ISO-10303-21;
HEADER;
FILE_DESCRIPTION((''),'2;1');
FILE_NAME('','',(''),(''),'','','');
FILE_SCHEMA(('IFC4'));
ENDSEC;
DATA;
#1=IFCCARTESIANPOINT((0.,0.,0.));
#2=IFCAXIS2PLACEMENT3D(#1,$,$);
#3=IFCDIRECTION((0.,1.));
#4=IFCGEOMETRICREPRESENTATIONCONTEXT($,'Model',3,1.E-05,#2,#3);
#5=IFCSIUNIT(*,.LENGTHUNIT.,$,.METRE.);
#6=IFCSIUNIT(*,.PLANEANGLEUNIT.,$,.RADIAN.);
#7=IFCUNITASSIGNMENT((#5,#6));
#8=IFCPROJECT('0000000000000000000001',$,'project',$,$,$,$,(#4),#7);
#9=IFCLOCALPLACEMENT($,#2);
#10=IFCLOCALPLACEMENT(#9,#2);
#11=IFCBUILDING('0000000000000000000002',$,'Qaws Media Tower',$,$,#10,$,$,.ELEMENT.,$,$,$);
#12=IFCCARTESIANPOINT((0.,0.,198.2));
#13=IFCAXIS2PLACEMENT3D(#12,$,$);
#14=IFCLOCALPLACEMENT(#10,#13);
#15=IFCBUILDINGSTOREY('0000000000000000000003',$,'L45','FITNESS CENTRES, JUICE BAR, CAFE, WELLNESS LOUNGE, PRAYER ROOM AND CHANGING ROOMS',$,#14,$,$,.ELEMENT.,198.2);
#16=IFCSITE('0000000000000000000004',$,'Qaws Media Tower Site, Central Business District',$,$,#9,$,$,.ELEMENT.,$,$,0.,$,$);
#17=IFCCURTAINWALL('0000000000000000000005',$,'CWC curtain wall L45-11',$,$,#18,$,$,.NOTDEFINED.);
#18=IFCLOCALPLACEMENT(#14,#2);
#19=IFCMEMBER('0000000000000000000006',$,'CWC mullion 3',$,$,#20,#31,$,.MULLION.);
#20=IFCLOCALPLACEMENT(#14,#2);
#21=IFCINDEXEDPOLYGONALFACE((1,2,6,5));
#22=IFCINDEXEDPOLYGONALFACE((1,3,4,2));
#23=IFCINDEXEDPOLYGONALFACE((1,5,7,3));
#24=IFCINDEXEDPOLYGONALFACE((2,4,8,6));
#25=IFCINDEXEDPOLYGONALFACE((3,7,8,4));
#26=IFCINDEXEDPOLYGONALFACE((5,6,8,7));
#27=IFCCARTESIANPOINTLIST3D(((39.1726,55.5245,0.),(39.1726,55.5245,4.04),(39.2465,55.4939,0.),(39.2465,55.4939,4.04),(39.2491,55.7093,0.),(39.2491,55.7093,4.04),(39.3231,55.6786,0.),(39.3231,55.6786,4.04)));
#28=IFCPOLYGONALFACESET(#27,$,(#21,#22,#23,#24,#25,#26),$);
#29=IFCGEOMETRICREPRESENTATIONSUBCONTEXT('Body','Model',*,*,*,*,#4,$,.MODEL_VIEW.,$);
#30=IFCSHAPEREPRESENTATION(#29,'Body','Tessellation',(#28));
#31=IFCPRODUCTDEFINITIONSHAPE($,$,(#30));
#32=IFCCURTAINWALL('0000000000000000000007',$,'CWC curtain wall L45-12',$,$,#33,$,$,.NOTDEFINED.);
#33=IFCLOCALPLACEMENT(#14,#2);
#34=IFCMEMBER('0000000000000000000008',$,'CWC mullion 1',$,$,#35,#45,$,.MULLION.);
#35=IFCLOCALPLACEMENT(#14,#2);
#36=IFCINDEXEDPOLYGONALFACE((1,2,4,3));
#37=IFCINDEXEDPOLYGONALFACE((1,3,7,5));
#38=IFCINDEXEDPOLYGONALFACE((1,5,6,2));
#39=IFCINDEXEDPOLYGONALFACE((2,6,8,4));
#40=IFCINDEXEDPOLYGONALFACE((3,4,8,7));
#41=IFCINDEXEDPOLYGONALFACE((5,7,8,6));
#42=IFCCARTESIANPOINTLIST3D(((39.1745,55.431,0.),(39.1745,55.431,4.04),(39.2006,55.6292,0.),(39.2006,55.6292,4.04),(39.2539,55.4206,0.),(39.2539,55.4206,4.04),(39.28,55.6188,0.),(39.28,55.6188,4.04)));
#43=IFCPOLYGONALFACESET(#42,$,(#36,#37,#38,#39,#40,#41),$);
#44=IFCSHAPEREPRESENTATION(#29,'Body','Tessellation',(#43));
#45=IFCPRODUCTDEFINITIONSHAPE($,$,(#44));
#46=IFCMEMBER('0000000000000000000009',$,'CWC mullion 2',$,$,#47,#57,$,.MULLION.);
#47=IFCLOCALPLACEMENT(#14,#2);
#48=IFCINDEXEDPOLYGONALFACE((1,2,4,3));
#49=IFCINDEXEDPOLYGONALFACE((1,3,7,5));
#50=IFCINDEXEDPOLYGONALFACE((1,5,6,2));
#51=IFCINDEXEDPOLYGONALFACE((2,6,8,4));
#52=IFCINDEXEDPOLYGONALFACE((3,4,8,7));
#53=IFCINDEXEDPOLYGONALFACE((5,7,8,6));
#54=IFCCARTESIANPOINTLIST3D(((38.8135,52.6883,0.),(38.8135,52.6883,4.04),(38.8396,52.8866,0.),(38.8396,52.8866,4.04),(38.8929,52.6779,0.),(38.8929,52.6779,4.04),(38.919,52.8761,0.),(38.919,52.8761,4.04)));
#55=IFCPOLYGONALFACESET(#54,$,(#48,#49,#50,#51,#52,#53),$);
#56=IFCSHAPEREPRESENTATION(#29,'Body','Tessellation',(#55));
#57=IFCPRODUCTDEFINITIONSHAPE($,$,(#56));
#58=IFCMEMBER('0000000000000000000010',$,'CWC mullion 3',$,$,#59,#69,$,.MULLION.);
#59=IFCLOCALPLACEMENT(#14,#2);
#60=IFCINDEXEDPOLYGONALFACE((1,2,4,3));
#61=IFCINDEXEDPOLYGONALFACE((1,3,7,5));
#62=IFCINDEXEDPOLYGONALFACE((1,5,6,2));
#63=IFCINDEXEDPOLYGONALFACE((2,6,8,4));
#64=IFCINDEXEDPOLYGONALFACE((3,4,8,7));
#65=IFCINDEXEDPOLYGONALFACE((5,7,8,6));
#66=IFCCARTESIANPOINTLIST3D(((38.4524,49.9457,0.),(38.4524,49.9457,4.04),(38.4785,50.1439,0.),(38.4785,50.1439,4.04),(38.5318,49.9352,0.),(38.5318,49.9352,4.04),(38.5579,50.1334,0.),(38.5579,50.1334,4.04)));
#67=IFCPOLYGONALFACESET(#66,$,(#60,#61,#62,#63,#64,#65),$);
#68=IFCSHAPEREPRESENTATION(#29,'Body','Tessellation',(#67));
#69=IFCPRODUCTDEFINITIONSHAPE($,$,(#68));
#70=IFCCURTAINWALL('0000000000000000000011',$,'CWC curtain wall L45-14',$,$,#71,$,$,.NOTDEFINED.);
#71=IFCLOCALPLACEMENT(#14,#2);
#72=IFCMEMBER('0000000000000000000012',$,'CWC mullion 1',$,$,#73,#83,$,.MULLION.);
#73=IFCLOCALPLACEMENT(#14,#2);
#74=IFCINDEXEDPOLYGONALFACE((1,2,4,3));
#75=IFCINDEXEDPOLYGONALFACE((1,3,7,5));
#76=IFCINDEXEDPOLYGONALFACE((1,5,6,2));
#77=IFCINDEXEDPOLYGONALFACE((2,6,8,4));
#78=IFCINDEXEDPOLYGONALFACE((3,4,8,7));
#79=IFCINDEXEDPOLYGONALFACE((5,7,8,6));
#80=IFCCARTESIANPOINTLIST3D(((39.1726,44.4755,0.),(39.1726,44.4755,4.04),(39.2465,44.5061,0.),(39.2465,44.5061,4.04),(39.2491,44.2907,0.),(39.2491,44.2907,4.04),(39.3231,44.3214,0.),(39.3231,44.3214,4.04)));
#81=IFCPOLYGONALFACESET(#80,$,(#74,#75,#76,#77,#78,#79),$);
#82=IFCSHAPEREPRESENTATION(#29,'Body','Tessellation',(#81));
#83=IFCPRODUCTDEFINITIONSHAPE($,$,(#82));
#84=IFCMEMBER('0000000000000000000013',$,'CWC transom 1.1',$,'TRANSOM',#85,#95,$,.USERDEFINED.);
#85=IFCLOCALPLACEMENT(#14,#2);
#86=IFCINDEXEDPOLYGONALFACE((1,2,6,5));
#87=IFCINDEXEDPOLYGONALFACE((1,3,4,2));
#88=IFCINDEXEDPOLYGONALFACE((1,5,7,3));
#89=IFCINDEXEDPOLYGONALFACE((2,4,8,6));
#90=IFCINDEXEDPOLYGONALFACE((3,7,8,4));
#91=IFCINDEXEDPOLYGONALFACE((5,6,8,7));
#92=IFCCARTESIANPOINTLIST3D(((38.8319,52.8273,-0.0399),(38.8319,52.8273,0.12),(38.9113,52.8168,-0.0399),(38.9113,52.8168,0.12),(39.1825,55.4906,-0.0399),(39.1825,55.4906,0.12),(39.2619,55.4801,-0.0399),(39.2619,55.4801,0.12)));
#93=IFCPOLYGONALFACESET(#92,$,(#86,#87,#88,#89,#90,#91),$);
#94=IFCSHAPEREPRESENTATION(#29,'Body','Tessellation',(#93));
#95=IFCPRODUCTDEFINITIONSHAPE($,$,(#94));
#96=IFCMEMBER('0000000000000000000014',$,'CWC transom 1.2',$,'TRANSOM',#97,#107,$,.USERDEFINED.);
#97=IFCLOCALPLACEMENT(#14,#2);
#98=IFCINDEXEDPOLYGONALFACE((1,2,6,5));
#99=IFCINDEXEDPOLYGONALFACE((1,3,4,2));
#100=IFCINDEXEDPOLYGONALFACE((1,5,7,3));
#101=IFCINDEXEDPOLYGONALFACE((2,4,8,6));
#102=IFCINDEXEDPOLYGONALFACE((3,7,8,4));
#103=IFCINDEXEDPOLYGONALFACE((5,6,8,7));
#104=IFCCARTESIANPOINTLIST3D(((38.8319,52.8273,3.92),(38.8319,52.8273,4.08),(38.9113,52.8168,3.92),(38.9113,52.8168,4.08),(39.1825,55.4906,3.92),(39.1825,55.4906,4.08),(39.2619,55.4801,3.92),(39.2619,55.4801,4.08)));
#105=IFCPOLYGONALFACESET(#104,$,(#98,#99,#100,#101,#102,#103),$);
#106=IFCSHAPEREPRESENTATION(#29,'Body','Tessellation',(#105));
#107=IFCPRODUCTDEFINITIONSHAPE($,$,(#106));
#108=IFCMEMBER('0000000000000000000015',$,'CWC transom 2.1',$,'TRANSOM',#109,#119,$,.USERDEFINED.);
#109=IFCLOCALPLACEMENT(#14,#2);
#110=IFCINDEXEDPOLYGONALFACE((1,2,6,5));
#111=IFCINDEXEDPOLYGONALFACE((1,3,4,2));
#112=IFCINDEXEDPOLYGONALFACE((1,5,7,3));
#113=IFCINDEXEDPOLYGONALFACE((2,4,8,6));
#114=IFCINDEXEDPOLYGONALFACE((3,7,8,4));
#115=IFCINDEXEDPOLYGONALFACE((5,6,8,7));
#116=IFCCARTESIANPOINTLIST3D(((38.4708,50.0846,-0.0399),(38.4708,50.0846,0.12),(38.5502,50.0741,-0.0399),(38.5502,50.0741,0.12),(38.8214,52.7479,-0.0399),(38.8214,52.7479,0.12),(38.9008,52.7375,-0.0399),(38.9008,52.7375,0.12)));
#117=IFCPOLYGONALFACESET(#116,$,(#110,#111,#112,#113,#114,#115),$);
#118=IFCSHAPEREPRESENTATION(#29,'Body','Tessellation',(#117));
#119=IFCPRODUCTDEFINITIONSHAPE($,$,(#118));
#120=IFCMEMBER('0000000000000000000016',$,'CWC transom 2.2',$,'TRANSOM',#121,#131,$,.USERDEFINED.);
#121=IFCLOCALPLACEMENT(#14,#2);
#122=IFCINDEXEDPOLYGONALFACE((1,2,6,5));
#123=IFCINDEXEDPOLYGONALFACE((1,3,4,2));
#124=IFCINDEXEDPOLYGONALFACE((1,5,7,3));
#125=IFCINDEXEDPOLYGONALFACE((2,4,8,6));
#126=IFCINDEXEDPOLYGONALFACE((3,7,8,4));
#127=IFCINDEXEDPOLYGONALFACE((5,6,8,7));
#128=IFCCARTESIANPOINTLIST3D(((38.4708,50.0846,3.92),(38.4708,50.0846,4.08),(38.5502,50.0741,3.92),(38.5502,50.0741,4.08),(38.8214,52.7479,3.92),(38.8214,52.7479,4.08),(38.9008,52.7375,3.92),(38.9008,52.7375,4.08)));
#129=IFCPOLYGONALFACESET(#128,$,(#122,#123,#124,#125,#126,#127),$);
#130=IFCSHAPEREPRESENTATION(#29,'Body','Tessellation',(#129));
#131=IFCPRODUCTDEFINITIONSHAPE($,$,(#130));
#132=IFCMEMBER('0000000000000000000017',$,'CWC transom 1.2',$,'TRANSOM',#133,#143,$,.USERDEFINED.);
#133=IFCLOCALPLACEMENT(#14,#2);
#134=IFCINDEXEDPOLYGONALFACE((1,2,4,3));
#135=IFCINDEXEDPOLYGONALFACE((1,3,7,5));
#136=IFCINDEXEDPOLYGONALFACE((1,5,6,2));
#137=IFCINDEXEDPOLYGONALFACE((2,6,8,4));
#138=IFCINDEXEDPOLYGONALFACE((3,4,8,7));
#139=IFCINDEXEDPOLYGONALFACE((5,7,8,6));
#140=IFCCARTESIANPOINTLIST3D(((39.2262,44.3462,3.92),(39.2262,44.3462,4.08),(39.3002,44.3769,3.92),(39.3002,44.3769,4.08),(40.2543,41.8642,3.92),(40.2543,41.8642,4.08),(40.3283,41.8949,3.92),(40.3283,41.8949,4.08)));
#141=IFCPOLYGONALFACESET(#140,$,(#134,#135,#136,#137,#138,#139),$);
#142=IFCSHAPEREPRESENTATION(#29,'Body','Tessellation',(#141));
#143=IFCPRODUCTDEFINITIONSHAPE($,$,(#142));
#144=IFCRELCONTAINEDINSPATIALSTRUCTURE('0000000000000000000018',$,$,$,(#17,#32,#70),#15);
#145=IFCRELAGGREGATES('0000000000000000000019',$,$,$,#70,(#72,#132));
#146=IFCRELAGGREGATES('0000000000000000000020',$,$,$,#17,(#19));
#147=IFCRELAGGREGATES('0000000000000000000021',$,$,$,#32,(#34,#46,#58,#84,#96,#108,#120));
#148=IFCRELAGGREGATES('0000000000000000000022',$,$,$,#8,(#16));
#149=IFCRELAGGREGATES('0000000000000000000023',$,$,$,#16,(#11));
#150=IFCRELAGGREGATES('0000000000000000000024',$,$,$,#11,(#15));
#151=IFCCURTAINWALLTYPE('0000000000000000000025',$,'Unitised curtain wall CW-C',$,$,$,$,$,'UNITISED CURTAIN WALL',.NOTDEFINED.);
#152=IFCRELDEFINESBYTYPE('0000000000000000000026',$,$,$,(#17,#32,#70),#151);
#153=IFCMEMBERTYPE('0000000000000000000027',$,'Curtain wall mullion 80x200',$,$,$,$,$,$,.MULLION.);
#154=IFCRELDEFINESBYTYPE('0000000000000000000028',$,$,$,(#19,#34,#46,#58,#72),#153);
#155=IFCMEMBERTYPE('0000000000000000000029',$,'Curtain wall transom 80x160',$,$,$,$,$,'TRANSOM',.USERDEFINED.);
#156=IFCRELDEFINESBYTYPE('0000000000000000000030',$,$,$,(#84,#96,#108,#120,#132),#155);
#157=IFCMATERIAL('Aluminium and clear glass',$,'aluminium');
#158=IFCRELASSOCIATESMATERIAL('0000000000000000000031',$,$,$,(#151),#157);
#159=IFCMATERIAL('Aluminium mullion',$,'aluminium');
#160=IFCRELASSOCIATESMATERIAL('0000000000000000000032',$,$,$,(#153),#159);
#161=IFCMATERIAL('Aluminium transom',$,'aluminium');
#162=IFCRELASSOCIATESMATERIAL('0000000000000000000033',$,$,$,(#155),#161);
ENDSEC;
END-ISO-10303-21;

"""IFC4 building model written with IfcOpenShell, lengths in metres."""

from ifc_helpers import new_model, si_unit, direction, frame, origin, origin_2d, place, context, subcontext, project, spatial, rectangle, extrude, material, material_profile, profile_set, type_object, element, aggregate, save


model = new_model("IFC4")

# Units and contexts
model_context = context("Model", 3, precision=1e-05, world=origin(), true_north=direction((0.0, 1.0)))
body_context = subcontext(model_context, "Body", "Model", "MODEL_VIEW")
ifc_project = project(units=[si_unit("LENGTHUNIT", "METRE"), si_unit("PLANEANGLEUNIT", "RADIAN")], contexts=[model_context])

# Site, building, storey
site_placement = place(None, origin())
site = spatial("IfcSite", under=ifc_project, at=site_placement, Name="Qaws Media Tower Site, Central Business District", CompositionType="ELEMENT", RefElevation=0.0)
building_placement = place(site_placement, origin())
building = spatial("IfcBuilding", under=site, at=building_placement, Name="Qaws Media Tower", CompositionType="ELEMENT")
storey_placement = place(building_placement, frame((0.0, 0.0, 198.2)))
storey = spatial("IfcBuildingStorey", under=building, at=storey_placement, Name="L45", Description="FITNESS CENTRES, JUICE BAR, CAFE, WELLNESS LOUNGE, PRAYER ROOM AND CHANGING ROOMS", CompositionType="ELEMENT", Elevation=198.2)

# Curtain wall, member
ifc_material_1 = material(Name="Aluminium and clear glass", Category="aluminium")
curtain_wall_type = type_object("IfcCurtainWallType", Name="Unitised curtain wall CW-C", ElementType="UNITISED CURTAIN WALL", PredefinedType="NOTDEFINED", material=ifc_material_1)
curtain_wall_1_placement = place(storey_placement, origin())
curtain_wall_1 = element("IfcCurtainWall", 1, at=curtain_wall_1_placement, inside=storey, type_object=curtain_wall_type, Name="CWC curtain wall L45-11", PredefinedType="NOTDEFINED")
ifc_material_2 = material(Name="Aluminium mullion", Category="aluminium")
ifc_material_profile_1 = material_profile(ifc_material_2, rectangle(XDim=0.0801, YDim=0.2, at=origin_2d()), Name="80x200")
ifc_profile_set_1 = profile_set([ifc_material_profile_1], Name="Aluminium mullion")
member_type_1 = type_object("IfcMemberType", Name="Curtain wall mullion 80x200", PredefinedType="MULLION", material=ifc_profile_set_1)
member_1_placement = place(storey_placement, frame((39.2478, 55.6016, 0.0), z_axis=(0.0, 0.0, 1.0), x_axis=(0.92388, -0.382683, 0.0)))
member_1 = element("IfcMember", 2, at=member_1_placement, type_object=member_type_1, Name="CWC mullion 3", PredefinedType="MULLION", context=body_context, shape_type="SweptSolid", body=[
    extrude(rectangle(XDim=0.0801, YDim=0.2, at=origin_2d()), origin(), (0.0, 0.0, 1.0), 4.04),
])

# Curtain wall, members
curtain_wall_2_placement = place(storey_placement, origin())
curtain_wall_2 = element("IfcCurtainWall", 3, at=curtain_wall_2_placement, inside=storey, type_object=curtain_wall_type, Name="CWC curtain wall L45-12", PredefinedType="NOTDEFINED")
member_2_placement = place(storey_placement, frame((39.2273, 55.5249, 0.0), z_axis=(0.0, 0.0, 1.0), x_axis=(0.991445, -0.130526, 0.0)))
member_2 = element("IfcMember", 4, at=member_2_placement, type_object=member_type_1, Name="CWC mullion 1", PredefinedType="MULLION", context=body_context, shape_type="SweptSolid", body=[
    extrude(rectangle(XDim=0.0801, YDim=0.2, at=origin_2d()), origin(), (0.0, 0.0, 1.0), 4.04),
])
member_3_placement = place(storey_placement, frame((38.8662, 52.7822, 0.0), z_axis=(0.0, 0.0, 1.0), x_axis=(0.991445, -0.130526, 0.0)))
member_3 = element("IfcMember", 5, at=member_3_placement, type_object=member_type_1, Name="CWC mullion 2", PredefinedType="MULLION", context=body_context, shape_type="SweptSolid", body=[
    extrude(rectangle(XDim=0.0801, YDim=0.2, at=origin_2d()), origin(), (0.0, 0.0, 1.0), 4.04),
])
member_4_placement = place(storey_placement, frame((38.5051, 50.0396, 0.0), z_axis=(0.0, 0.0, 1.0), x_axis=(0.991445, -0.130526, 0.0)))
member_4 = element("IfcMember", 6, at=member_4_placement, type_object=member_type_1, Name="CWC mullion 3", PredefinedType="MULLION", context=body_context, shape_type="SweptSolid", body=[
    extrude(rectangle(XDim=0.0801, YDim=0.2, at=origin_2d()), origin(), (0.0, 0.0, 1.0), 4.04),
])

# Curtain wall, member
curtain_wall_3_placement = place(storey_placement, origin())
curtain_wall_3 = element("IfcCurtainWall", 7, at=curtain_wall_3_placement, inside=storey, type_object=curtain_wall_type, Name="CWC curtain wall L45-14", PredefinedType="NOTDEFINED")
member_5_placement = place(storey_placement, frame((39.2478, 44.3984, 0.0), z_axis=(0.0, 0.0, 1.0), x_axis=(0.92388, 0.382683, 0.0)))
member_5 = element("IfcMember", 8, at=member_5_placement, type_object=member_type_1, Name="CWC mullion 1", PredefinedType="MULLION", context=body_context, shape_type="SweptSolid", body=[
    extrude(rectangle(XDim=0.0801, YDim=0.2, at=origin_2d()), origin(), (0.0, 0.0, 1.0), 4.04),
])

# Members
ifc_material_3 = material(Name="Aluminium transom", Category="aluminium")
ifc_material_profile_2 = material_profile(ifc_material_3, rectangle(XDim=0.0801, YDim=0.1599, at=origin_2d()), Name="80x160")
ifc_profile_set_2 = profile_set([ifc_material_profile_2], Name="Aluminium transom")
member_type_2 = type_object("IfcMemberType", Name="Curtain wall transom 80x160", ElementType="TRANSOM", PredefinedType="USERDEFINED", material=ifc_profile_set_2)
member_6_placement = place(storey_placement, frame((39.2222, 55.4854, 0.04), z_axis=(-0.130509, -0.991447, 0.0), x_axis=(0.991447, -0.130509, 0.0)))
member_6 = element("IfcMember", 9, at=member_6_placement, type_object=member_type_2, Name="CWC transom 1.1", ObjectType="TRANSOM", PredefinedType="USERDEFINED", context=body_context, shape_type="SweptSolid", body=[
    extrude(rectangle(XDim=0.0801, YDim=0.1599, at=origin_2d()), origin(), (0.0, 0.0, 1.0), 2.6863),
])
member_7_placement = place(storey_placement, frame((39.2222, 55.4854, 4.0), z_axis=(-0.130509, -0.991447, 0.0), x_axis=(0.991447, -0.130509, 0.0)))
member_7 = element("IfcMember", 10, at=member_7_placement, type_object=member_type_2, Name="CWC transom 1.2", ObjectType="TRANSOM", PredefinedType="USERDEFINED", context=body_context, shape_type="SweptSolid", body=[
    extrude(rectangle(XDim=0.0801, YDim=0.1599, at=origin_2d()), origin(), (0.0, 0.0, 1.0), 2.6863),
])
member_8_placement = place(storey_placement, frame((38.8611, 52.7427, 0.04), z_axis=(-0.130509, -0.991447, 0.0), x_axis=(0.991447, -0.130509, 0.0)))
member_8 = element("IfcMember", 11, at=member_8_placement, type_object=member_type_2, Name="CWC transom 2.1", ObjectType="TRANSOM", PredefinedType="USERDEFINED", context=body_context, shape_type="SweptSolid", body=[
    extrude(rectangle(XDim=0.0801, YDim=0.1599, at=origin_2d()), origin(), (0.0, 0.0, 1.0), 2.6863),
])
member_9_placement = place(storey_placement, frame((38.8611, 52.7427, 4.0), z_axis=(-0.130509, -0.991447, 0.0), x_axis=(0.991447, -0.130509, 0.0)))
member_9 = element("IfcMember", 12, at=member_9_placement, type_object=member_type_2, Name="CWC transom 2.2", ObjectType="TRANSOM", PredefinedType="USERDEFINED", context=body_context, shape_type="SweptSolid", body=[
    extrude(rectangle(XDim=0.0801, YDim=0.1599, at=origin_2d()), origin(), (0.0, 0.0, 1.0), 2.6863),
])
member_10_placement = place(storey_placement, frame((39.2632, 44.3616, 4.0), z_axis=(0.382692, -0.923876, 0.0), x_axis=(0.923876, 0.382692, 0.0)))
member_10 = element("IfcMember", 13, at=member_10_placement, type_object=member_type_2, Name="CWC transom 1.2", ObjectType="TRANSOM", PredefinedType="USERDEFINED", context=body_context, shape_type="SweptSolid", body=[
    extrude(rectangle(XDim=0.0801, YDim=0.1599, at=origin_2d()), origin(), (0.0, 0.0, 1.0), 2.6865),
])
aggregate(curtain_wall_3, [member_5, member_10])

aggregate(curtain_wall_1, [member_1])
aggregate(curtain_wall_2, [member_2, member_3, member_4, member_6, member_7, member_8, member_9])

save(model, "model.ifc")
